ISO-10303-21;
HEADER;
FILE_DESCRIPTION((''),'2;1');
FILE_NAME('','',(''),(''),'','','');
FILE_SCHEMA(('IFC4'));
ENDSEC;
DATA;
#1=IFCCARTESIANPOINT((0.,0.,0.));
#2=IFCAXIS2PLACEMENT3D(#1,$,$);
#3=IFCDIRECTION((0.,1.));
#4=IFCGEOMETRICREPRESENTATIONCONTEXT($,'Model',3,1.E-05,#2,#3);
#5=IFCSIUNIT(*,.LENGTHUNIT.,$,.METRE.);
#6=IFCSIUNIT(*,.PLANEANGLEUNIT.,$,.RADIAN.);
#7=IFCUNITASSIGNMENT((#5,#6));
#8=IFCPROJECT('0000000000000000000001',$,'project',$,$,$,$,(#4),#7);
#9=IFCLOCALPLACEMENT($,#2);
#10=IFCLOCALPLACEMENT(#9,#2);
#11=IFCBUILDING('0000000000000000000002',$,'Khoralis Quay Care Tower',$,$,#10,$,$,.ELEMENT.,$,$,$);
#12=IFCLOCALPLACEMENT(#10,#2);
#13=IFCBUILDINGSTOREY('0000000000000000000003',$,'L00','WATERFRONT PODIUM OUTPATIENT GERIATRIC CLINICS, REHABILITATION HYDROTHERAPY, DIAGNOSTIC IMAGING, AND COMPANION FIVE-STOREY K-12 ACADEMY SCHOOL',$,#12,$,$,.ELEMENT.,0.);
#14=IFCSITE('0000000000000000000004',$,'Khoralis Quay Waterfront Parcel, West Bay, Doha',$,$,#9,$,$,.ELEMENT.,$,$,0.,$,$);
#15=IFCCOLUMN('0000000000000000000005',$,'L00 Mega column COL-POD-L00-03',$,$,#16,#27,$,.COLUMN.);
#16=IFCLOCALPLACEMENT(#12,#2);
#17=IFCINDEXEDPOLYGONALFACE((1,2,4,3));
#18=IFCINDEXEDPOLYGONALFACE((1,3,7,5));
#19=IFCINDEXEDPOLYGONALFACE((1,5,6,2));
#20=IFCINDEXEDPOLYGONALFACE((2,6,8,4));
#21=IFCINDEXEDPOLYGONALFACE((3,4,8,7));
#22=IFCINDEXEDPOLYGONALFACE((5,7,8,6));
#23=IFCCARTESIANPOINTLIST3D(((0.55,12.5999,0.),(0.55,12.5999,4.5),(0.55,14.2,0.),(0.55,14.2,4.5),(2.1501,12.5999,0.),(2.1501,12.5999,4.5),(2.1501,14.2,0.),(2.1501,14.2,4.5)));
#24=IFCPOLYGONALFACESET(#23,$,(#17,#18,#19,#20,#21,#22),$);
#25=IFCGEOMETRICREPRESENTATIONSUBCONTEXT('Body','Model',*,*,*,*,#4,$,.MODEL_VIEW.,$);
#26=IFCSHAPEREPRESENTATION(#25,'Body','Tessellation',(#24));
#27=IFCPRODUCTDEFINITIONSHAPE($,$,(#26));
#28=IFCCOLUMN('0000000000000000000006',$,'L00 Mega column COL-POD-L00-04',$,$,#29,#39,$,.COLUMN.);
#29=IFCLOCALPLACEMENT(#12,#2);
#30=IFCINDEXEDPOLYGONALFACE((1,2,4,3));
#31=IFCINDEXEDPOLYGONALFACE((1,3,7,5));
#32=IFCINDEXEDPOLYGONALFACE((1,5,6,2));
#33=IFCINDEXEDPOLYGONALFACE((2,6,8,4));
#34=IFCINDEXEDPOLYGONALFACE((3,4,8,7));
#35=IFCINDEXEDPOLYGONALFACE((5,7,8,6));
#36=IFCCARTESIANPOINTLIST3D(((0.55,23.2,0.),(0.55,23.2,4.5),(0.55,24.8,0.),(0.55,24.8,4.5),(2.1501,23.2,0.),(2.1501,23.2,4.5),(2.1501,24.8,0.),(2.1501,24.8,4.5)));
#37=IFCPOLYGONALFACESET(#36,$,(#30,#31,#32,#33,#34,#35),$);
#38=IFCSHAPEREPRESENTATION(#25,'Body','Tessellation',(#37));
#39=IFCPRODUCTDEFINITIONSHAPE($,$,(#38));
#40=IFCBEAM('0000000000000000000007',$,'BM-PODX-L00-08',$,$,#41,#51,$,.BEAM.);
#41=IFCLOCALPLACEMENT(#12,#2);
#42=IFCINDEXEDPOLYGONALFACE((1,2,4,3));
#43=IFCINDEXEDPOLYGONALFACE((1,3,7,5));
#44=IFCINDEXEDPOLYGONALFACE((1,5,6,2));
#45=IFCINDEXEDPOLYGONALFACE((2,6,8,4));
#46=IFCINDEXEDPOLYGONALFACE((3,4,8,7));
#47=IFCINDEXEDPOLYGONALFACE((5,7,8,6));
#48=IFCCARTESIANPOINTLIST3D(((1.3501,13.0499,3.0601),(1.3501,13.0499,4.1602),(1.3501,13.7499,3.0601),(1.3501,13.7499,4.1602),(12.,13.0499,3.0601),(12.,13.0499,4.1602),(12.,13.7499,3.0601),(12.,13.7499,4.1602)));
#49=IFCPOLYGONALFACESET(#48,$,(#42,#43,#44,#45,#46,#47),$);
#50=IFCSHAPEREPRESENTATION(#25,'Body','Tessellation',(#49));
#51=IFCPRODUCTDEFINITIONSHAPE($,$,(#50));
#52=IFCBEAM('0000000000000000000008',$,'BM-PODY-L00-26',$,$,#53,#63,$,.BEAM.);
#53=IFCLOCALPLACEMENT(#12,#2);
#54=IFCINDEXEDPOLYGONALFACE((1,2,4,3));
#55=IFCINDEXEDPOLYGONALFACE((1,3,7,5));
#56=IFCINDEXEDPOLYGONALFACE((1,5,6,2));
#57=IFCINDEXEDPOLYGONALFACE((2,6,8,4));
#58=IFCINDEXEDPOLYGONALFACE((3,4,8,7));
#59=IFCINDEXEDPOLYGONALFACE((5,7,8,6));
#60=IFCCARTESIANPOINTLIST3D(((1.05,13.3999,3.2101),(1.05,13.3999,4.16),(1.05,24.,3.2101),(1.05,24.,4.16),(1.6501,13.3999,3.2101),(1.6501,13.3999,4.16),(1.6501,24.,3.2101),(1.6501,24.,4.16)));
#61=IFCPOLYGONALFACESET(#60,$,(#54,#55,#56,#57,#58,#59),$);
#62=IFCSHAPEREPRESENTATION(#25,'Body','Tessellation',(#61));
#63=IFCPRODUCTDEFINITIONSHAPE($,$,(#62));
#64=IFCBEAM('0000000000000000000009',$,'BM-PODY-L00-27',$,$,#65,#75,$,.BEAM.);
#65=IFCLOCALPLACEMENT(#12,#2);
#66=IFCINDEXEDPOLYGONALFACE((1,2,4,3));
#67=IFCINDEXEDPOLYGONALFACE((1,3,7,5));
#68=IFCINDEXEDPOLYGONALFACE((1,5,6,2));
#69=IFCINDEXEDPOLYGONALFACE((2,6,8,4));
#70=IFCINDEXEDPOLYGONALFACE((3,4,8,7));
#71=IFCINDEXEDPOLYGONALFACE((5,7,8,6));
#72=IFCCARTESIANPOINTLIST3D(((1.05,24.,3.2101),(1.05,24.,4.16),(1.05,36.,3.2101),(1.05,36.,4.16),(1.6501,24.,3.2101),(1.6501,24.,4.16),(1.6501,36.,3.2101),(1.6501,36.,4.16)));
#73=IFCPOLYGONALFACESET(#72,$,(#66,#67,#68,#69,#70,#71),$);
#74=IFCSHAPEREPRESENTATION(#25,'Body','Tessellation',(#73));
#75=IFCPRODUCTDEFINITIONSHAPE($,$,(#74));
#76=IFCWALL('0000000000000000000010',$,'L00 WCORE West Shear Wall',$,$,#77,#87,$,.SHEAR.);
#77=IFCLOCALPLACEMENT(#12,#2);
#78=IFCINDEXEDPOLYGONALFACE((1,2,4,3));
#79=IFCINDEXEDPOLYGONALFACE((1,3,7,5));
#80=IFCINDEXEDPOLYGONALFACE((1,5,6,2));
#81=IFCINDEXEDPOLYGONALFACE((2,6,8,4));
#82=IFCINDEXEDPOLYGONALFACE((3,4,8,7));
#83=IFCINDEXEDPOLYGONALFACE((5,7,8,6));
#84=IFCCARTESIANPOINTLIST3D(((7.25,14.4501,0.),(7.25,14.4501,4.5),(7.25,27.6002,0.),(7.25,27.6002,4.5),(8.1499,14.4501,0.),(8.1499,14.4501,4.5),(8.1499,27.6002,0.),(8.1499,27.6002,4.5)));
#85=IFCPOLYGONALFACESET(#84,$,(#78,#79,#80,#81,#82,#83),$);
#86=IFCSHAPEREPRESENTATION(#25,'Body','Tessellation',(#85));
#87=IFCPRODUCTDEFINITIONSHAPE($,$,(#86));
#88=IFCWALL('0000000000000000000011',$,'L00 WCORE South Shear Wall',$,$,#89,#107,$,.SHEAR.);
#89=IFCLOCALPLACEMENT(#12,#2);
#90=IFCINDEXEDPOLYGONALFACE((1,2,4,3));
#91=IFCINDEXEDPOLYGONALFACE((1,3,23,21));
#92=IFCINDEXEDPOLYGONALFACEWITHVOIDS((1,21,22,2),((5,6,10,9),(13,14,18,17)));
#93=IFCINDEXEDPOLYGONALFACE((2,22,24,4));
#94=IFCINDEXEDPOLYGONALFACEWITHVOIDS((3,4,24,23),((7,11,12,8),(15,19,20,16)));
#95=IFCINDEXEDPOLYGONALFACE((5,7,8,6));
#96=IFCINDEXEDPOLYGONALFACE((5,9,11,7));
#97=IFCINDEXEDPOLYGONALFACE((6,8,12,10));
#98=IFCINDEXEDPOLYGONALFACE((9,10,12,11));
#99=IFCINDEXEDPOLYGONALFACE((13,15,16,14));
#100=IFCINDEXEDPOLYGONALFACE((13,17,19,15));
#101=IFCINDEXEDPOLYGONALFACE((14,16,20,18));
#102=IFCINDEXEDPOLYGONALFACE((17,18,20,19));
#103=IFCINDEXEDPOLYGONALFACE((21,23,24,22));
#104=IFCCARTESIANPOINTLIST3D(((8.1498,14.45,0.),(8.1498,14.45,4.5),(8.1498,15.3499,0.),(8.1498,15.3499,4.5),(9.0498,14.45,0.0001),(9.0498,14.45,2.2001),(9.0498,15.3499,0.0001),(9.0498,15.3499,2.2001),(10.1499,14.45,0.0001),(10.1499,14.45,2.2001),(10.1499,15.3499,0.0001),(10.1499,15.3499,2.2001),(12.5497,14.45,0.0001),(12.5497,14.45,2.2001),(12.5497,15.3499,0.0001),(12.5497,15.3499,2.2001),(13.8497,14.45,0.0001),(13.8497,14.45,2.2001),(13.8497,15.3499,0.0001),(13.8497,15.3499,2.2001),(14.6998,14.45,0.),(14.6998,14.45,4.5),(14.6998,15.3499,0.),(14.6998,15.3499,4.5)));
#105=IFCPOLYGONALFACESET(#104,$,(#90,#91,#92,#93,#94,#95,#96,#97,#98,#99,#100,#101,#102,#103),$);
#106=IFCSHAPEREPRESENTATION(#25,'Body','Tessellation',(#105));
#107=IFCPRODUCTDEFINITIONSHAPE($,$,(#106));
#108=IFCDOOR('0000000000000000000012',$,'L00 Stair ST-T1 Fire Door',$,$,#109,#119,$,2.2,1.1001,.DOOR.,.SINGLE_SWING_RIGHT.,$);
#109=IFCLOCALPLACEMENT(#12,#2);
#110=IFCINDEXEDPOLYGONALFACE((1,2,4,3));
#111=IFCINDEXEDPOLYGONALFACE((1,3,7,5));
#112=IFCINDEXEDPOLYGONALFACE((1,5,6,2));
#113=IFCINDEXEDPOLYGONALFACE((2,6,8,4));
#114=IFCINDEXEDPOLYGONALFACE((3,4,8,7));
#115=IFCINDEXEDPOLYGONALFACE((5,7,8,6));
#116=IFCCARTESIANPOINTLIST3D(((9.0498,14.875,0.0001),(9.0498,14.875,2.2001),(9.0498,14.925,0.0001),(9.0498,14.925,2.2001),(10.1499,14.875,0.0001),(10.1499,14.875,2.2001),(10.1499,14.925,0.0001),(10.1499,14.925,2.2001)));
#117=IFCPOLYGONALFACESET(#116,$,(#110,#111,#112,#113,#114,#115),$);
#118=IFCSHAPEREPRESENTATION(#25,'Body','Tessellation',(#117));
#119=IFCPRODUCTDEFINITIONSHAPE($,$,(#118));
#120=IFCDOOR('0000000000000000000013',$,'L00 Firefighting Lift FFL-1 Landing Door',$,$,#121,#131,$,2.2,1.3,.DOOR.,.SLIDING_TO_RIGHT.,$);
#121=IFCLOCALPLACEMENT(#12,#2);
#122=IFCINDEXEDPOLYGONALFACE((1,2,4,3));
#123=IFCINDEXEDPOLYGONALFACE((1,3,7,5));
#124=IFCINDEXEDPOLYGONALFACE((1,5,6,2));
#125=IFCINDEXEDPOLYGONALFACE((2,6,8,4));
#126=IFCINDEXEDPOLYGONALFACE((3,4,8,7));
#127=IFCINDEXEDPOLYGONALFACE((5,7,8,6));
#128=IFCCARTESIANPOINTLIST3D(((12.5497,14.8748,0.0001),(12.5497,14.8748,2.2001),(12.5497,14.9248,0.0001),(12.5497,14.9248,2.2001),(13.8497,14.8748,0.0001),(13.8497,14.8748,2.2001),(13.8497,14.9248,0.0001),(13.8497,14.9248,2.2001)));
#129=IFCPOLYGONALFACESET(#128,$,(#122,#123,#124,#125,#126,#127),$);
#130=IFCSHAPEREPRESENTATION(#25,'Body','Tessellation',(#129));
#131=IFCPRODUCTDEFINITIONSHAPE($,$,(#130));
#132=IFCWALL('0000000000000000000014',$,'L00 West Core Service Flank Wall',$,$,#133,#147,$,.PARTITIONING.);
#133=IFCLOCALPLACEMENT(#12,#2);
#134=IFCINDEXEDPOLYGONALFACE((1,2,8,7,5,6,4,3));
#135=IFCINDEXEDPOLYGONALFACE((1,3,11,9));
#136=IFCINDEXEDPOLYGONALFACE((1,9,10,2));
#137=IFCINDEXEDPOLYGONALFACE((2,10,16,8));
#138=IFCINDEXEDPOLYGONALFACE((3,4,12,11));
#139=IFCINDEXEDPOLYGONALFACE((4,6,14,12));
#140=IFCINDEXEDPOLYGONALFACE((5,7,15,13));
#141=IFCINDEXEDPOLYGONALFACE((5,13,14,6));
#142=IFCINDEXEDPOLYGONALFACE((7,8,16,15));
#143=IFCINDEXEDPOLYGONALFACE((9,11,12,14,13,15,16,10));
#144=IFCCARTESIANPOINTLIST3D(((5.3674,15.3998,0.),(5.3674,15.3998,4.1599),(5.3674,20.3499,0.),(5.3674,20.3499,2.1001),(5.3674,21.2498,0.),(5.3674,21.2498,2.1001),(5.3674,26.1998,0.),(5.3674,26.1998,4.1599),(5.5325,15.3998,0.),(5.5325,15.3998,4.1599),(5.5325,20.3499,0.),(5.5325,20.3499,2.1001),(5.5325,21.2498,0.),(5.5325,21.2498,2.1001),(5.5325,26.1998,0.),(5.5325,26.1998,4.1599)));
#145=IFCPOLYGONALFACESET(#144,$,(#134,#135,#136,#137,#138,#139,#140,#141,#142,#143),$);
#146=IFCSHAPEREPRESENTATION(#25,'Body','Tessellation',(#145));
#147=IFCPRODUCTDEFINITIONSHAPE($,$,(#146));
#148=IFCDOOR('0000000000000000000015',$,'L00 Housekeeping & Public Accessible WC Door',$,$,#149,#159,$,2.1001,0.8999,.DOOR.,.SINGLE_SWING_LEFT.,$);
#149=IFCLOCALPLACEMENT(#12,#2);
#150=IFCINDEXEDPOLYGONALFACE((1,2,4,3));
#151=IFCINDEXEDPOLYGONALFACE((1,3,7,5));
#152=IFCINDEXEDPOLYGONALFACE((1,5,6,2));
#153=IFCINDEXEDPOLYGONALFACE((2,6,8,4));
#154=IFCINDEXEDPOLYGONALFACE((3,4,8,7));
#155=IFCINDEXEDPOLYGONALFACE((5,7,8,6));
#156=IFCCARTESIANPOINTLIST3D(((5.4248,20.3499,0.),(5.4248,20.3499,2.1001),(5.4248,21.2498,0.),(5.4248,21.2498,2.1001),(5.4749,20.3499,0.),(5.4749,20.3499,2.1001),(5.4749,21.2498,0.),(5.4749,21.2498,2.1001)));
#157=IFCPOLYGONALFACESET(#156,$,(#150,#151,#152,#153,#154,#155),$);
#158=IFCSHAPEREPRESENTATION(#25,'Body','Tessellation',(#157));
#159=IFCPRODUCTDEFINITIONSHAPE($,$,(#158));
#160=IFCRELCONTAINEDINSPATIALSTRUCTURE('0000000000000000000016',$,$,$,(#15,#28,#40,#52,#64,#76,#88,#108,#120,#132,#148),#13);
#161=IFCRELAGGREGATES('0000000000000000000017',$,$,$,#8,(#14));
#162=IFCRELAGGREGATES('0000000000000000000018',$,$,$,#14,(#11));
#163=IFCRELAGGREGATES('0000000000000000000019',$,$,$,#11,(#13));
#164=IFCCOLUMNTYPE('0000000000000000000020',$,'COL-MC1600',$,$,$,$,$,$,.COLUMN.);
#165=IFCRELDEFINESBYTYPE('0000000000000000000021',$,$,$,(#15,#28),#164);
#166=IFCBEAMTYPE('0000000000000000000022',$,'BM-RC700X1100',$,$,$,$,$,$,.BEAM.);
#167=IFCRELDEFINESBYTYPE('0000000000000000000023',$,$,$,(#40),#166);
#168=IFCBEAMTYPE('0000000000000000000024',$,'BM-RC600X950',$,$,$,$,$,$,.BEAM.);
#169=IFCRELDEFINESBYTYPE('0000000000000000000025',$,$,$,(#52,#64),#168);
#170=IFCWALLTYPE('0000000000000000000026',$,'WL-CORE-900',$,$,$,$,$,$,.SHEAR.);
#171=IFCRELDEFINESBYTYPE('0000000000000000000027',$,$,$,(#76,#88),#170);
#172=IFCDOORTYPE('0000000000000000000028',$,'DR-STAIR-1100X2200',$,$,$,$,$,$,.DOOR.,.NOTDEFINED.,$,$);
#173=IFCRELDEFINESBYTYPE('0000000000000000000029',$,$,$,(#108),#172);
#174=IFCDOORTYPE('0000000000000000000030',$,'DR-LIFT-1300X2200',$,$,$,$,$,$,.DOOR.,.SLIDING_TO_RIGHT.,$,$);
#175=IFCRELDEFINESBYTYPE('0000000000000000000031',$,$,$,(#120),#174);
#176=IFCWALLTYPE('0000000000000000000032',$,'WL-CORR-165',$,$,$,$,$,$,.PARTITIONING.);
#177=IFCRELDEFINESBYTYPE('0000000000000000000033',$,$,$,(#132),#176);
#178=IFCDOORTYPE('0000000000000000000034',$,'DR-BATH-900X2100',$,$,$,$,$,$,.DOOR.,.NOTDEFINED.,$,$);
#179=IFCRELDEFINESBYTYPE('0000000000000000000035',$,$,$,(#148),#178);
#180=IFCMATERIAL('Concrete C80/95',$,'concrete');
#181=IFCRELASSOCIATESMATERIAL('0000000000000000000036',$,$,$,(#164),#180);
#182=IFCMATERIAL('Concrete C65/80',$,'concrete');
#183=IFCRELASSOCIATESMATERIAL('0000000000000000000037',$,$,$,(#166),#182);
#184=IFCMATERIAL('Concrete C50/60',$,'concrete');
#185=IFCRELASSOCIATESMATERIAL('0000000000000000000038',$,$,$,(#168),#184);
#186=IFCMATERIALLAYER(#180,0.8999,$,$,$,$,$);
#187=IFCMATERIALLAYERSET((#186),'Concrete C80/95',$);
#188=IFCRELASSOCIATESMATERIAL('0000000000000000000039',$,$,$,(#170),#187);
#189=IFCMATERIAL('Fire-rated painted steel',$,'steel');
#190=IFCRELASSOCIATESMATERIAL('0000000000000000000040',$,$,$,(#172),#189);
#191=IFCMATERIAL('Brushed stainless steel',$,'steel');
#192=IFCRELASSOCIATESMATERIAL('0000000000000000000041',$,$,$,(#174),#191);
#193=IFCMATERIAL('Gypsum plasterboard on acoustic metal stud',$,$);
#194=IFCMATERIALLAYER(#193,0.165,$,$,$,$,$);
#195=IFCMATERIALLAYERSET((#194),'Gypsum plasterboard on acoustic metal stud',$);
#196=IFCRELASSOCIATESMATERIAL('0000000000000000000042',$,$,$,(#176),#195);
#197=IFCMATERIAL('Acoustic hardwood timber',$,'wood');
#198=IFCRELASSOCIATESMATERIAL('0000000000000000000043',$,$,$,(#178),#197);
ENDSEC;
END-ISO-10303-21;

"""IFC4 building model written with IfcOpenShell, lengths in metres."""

from ifc_helpers import new_model, si_unit, direction, frame, frame_2d, origin, origin_2d, place, context, subcontext, project, spatial, rectangle, extrude, source, transform, mapped, material, layer, layer_set, material_profile, profile_set, type_object, element, fill, save


model = new_model("IFC4")

# Units and contexts
model_context = context("Model", 3, precision=1e-05, world=origin(), true_north=direction((0.0, 1.0)))
body_context = subcontext(model_context, "Body", "Model", "MODEL_VIEW")
ifc_project = project(units=[si_unit("LENGTHUNIT", "METRE"), si_unit("PLANEANGLEUNIT", "RADIAN")], contexts=[model_context])

# Site, building, storey
site_placement = place(None, origin())
site = spatial("IfcSite", under=ifc_project, at=site_placement, Name="Khoralis Quay Waterfront Parcel, West Bay, Doha", CompositionType="ELEMENT", RefElevation=0.0)
building_placement = place(site_placement, origin())
building = spatial("IfcBuilding", under=site, at=building_placement, Name="Khoralis Quay Care Tower", CompositionType="ELEMENT")
storey_placement = place(building_placement, origin())
storey = spatial("IfcBuildingStorey", under=building, at=storey_placement, Name="L00", Description="WATERFRONT PODIUM OUTPATIENT GERIATRIC CLINICS, REHABILITATION HYDROTHERAPY, DIAGNOSTIC IMAGING, AND COMPANION FIVE-STOREY K-12 ACADEMY SCHOOL", CompositionType="ELEMENT", Elevation=0.0)

# Columns
ifc_material_1 = material(Name="Concrete C80/95", Category="concrete")
ifc_material_profile_1 = material_profile(ifc_material_1, rectangle(XDim=1.6001, YDim=1.6001, at=origin_2d()), Name="Concrete C80/95")
ifc_profile_set_1 = profile_set([ifc_material_profile_1], Name="Concrete C80/95")
column_type = type_object("IfcColumnType", Name="COL-MC1600", PredefinedType="COLUMN", material=ifc_profile_set_1)
shared_shape_1 = source(origin(), body_context, "Body", "SweptSolid", [
    extrude(rectangle(XDim=1.6001, YDim=1.6001, at=origin_2d()), origin(), (0.0, 0.0, 1.0), 4.5),
])
for number, where, z_axis, x_axis, name in (
    (1, (1.3501, 13.3999, 0.0), (0.0, 0.0, 1.0), (1.0, 0.0, 0.0), "L00 Mega column COL-POD-L00-03"),
    (2, (1.3501, 24.0, 0.0), (0.0, 0.0, 1.0), (1.0, 0.0, 0.0), "L00 Mega column COL-POD-L00-04"),
):
    element("IfcColumn", number, at=place(storey_placement, frame(where, z_axis=z_axis, x_axis=x_axis)), inside=storey, type_object=column_type, Name=name, PredefinedType="COLUMN", context=body_context, shape_type="MappedRepresentation", body=[
        mapped(shared_shape_1, transform((0.0, 0.0, 0.0), scale=1.0)),
    ])

# Beams
ifc_material_2 = material(Name="Concrete C65/80", Category="concrete")
ifc_material_profile_2 = material_profile(ifc_material_2, rectangle(XDim=0.7, YDim=1.1001, at=origin_2d()), Name="Concrete C65/80")
ifc_profile_set_2 = profile_set([ifc_material_profile_2], Name="Concrete C65/80")
beam_type_1 = type_object("IfcBeamType", Name="BM-RC700X1100", PredefinedType="BEAM", material=ifc_profile_set_2)
shared_shape_2 = source(origin(), body_context, "Body", "SweptSolid", [
    extrude(rectangle(XDim=0.7, YDim=1.1001, at=origin_2d()), origin(), (0.0, 0.0, 1.0), 10.6499),
])
beam_1_placement = place(storey_placement, frame((1.3501, 13.3999, 3.6101), z_axis=(1.0, 0.0, 0.0), x_axis=(0.0, 1.0, 0.0)))
element("IfcBeam", 3, at=beam_1_placement, inside=storey, type_object=beam_type_1, Name="BM-PODX-L00-08", PredefinedType="BEAM", context=body_context, shape_type="MappedRepresentation", body=[
    mapped(shared_shape_2, transform((0.0, 0.0, 0.0), scale=1.0)),
])
ifc_material_3 = material(Name="Concrete C50/60", Category="concrete")
ifc_material_profile_3 = material_profile(ifc_material_3, rectangle(XDim=0.6001, YDim=0.95, at=origin_2d()), Name="Concrete C50/60")
ifc_profile_set_3 = profile_set([ifc_material_profile_3], Name="Concrete C50/60")
beam_type_2 = type_object("IfcBeamType", Name="BM-RC600X950", PredefinedType="BEAM", material=ifc_profile_set_3)
shared_shape_3 = source(origin(), body_context, "Body", "SweptSolid", [
    extrude(rectangle(XDim=0.6001, YDim=0.95, at=origin_2d()), origin(), (0.0, 0.0, 1.0), 10.6001),
])
beam_2_placement = place(storey_placement, frame((1.3501, 13.3999, 3.6851), z_axis=(0.0, 1.0, 0.0), x_axis=(-1.0, 0.0, 0.0)))
element("IfcBeam", 4, at=beam_2_placement, inside=storey, type_object=beam_type_2, Name="BM-PODY-L00-26", PredefinedType="BEAM", context=body_context, shape_type="MappedRepresentation", body=[
    mapped(shared_shape_3, transform((0.0, 0.0, 0.0), scale=1.0)),
])
shared_shape_4 = source(origin(), body_context, "Body", "SweptSolid", [
    extrude(rectangle(XDim=0.6001, YDim=0.95, at=origin_2d()), origin(), (0.0, 0.0, 1.0), 12.0),
])
beam_3_placement = place(storey_placement, frame((1.3501, 24.0, 3.6851), z_axis=(0.0, 1.0, 0.0), x_axis=(-1.0, 0.0, 0.0)))
element("IfcBeam", 5, at=beam_3_placement, inside=storey, type_object=beam_type_2, Name="BM-PODY-L00-27", PredefinedType="BEAM", context=body_context, shape_type="MappedRepresentation", body=[
    mapped(shared_shape_4, transform((0.0, 0.0, 0.0), scale=1.0)),
])

# Wall
ifc_layer_1 = layer(ifc_material_1, 0.8999)
ifc_layer_set_1 = layer_set([ifc_layer_1], Name="Concrete C80/95")
wall_type_1 = type_object("IfcWallType", Name="WL-CORE-900", PredefinedType="SHEAR", material=ifc_layer_set_1)
wall_1_placement = place(storey_placement, frame((7.7, 14.45, 0.0), z_axis=(0.0, 0.0, 1.0), x_axis=(0.0, 1.0, 0.0)))
element("IfcWall", 6, at=wall_1_placement, inside=storey, type_object=wall_type_1, Name="L00 WCORE West Shear Wall", PredefinedType="SHEAR", context=body_context, shape_type="SweptSolid", body=[
    extrude(rectangle(XDim=13.1501, YDim=0.8999, at=frame_2d((6.5752, 0.0))), origin(), (0.0, 0.0, 1.0), 4.5),
])

# Wall, openings, doors
wall_2_placement = place(storey_placement, frame((8.1499, 14.8999, 0.0), z_axis=(0.0, 0.0, 1.0), x_axis=(1.0, 0.0, 0.0)))
wall_2 = element("IfcWall", 7, at=wall_2_placement, inside=storey, type_object=wall_type_1, Name="L00 WCORE South Shear Wall", PredefinedType="SHEAR", context=body_context, shape_type="SweptSolid", body=[
    extrude(rectangle(XDim=6.55, YDim=0.8999, at=frame_2d((3.2749, 0.0))), origin(), (0.0, 0.0, 1.0), 4.5),
])
opening_1_placement = place(wall_2_placement, frame((0.8999, 0.0, 0.0)))
opening_1 = element("IfcOpeningElement", 8, at=opening_1_placement, cuts=wall_2, PredefinedType="OPENING", context=body_context, shape_type="SweptSolid", body=[
    extrude(rectangle(XDim=1.1001, YDim=2.2, at=frame_2d((0.55, 1.1001))), frame((0.0, 0.46, 0.0), z_axis=(0.0, -1.0, 0.0), x_axis=(1.0, 0.0, 0.0)), (0.0, 0.0, 1.0), 0.9199),
])
opening_2_placement = place(wall_2_placement, frame((4.3999, 0.0, 0.0)))
opening_2 = element("IfcOpeningElement", 9, at=opening_2_placement, cuts=wall_2, PredefinedType="OPENING", context=body_context, shape_type="SweptSolid", body=[
    extrude(rectangle(XDim=1.3, YDim=2.2, at=frame_2d((0.6499, 1.1001))), frame((0.0, 0.46, 0.0), z_axis=(0.0, -1.0, 0.0), x_axis=(1.0, 0.0, 0.0)), (0.0, 0.0, 1.0), 0.9199),
])
ifc_material_4 = material(Name="Fire-rated painted steel", Category="steel")
door_type_1 = type_object("IfcDoorType", Name="DR-STAIR-1100X2200", OperationType="NOTDEFINED", PredefinedType="DOOR", material=ifc_material_4)
shared_shape_5 = source(origin(), body_context, "Body", "SweptSolid", [
    extrude(rectangle(XDim=1.1001, YDim=2.2, at=frame_2d((0.55, 1.1001))), frame((0.0, 0.0249, 0.0), z_axis=(0.0, -1.0, 0.0), x_axis=(1.0, 0.0, 0.0)), (0.0, 0.0, 1.0), 0.05),
])
door_1_placement = place(opening_1_placement, frame((1.1001, 0.0, 0.0), z_axis=(0.0, 0.0, 1.0), x_axis=(-1.0, 0.0, 0.0)))
door_1 = element("IfcDoor", 10, at=door_1_placement, inside=storey, type_object=door_type_1, Name="L00 Stair ST-T1 Fire Door", OperationType="SINGLE_SWING_RIGHT", OverallHeight=2.2, OverallWidth=1.1001, PredefinedType="DOOR", context=body_context, shape_type="MappedRepresentation", body=[
    mapped(shared_shape_5, transform((0.0, 0.0, 0.0), scale=1.0)),
])
fill(opening_1, door_1)
ifc_material_5 = material(Name="Brushed stainless steel", Category="steel")
door_type_2 = type_object("IfcDoorType", Name="DR-LIFT-1300X2200", OperationType="SLIDING_TO_RIGHT", PredefinedType="DOOR", material=ifc_material_5)
shared_shape_6 = source(origin(), body_context, "Body", "SweptSolid", [
    extrude(rectangle(XDim=1.3, YDim=2.2, at=frame_2d((0.6499, 1.1001))), frame((0.0, 0.0249, 0.0), z_axis=(0.0, -1.0, 0.0), x_axis=(1.0, 0.0, 0.0)), (0.0, 0.0, 1.0), 0.05),
])
door_2_placement = place(opening_2_placement, origin())
door_2 = element("IfcDoor", 11, at=door_2_placement, inside=storey, type_object=door_type_2, Name="L00 Firefighting Lift FFL-1 Landing Door", OperationType="SLIDING_TO_RIGHT", OverallHeight=2.2, OverallWidth=1.3, PredefinedType="DOOR", context=body_context, shape_type="MappedRepresentation", body=[
    mapped(shared_shape_6, transform((0.0, 0.0, 0.0), scale=1.0)),
])
fill(opening_2, door_2)

# Wall, opening, door
ifc_material_6 = material(Name="Gypsum plasterboard on acoustic metal stud")
ifc_layer_2 = layer(ifc_material_6, 0.165)
ifc_layer_set_2 = layer_set([ifc_layer_2], Name="Gypsum plasterboard on acoustic metal stud")
wall_type_2 = type_object("IfcWallType", Name="WL-CORR-165", PredefinedType="PARTITIONING", material=ifc_layer_set_2)
wall_3_placement = place(storey_placement, frame((5.45, 15.3999, 0.0), z_axis=(0.0, 0.0, 1.0), x_axis=(0.0, 1.0, 0.0)))
wall_3 = element("IfcWall", 12, at=wall_3_placement, inside=storey, type_object=wall_type_2, Name="L00 West Core Service Flank Wall", PredefinedType="PARTITIONING", context=body_context, shape_type="SweptSolid", body=[
    extrude(rectangle(XDim=10.8, YDim=0.165, at=frame_2d((5.3999, 0.0))), origin(), (0.0, 0.0, 1.0), 4.1599),
])
opening_3_placement = place(wall_3_placement, frame((4.95, 0.0, 0.0)))
opening_3 = element("IfcOpeningElement", 13, at=opening_3_placement, cuts=wall_3, PredefinedType="OPENING", context=body_context, shape_type="SweptSolid", body=[
    extrude(rectangle(XDim=0.8999, YDim=2.1001, at=frame_2d((0.45, 1.05))), frame((0.0, 0.0925, 0.0), z_axis=(0.0, -1.0, 0.0), x_axis=(1.0, 0.0, 0.0)), (0.0, 0.0, 1.0), 0.1851),
])
ifc_material_7 = material(Name="Acoustic hardwood timber", Category="wood")
door_type_3 = type_object("IfcDoorType", Name="DR-BATH-900X2100", OperationType="NOTDEFINED", PredefinedType="DOOR", material=ifc_material_7)
shared_shape_7 = source(origin(), body_context, "Body", "SweptSolid", [
    extrude(rectangle(XDim=0.8999, YDim=2.1001, at=frame_2d((0.45, 1.05))), frame((0.0, 0.0249, 0.0), z_axis=(0.0, -1.0, 0.0), x_axis=(1.0, 0.0, 0.0)), (0.0, 0.0, 1.0), 0.05),
])
door_3_placement = place(opening_3_placement, frame((0.8999, 0.0, 0.0), z_axis=(0.0, 0.0, 1.0), x_axis=(-1.0, 0.0, 0.0)))
door_3 = element("IfcDoor", 14, at=door_3_placement, inside=storey, type_object=door_type_3, Name="L00 Housekeeping & Public Accessible WC Door", OperationType="SINGLE_SWING_LEFT", OverallHeight=2.1001, OverallWidth=0.8999, PredefinedType="DOOR", context=body_context, shape_type="MappedRepresentation", body=[
    mapped(shared_shape_7, transform((0.0, 0.0, 0.0), scale=1.0)),
])
fill(opening_3, door_3)

save(model, "model.ifc")
